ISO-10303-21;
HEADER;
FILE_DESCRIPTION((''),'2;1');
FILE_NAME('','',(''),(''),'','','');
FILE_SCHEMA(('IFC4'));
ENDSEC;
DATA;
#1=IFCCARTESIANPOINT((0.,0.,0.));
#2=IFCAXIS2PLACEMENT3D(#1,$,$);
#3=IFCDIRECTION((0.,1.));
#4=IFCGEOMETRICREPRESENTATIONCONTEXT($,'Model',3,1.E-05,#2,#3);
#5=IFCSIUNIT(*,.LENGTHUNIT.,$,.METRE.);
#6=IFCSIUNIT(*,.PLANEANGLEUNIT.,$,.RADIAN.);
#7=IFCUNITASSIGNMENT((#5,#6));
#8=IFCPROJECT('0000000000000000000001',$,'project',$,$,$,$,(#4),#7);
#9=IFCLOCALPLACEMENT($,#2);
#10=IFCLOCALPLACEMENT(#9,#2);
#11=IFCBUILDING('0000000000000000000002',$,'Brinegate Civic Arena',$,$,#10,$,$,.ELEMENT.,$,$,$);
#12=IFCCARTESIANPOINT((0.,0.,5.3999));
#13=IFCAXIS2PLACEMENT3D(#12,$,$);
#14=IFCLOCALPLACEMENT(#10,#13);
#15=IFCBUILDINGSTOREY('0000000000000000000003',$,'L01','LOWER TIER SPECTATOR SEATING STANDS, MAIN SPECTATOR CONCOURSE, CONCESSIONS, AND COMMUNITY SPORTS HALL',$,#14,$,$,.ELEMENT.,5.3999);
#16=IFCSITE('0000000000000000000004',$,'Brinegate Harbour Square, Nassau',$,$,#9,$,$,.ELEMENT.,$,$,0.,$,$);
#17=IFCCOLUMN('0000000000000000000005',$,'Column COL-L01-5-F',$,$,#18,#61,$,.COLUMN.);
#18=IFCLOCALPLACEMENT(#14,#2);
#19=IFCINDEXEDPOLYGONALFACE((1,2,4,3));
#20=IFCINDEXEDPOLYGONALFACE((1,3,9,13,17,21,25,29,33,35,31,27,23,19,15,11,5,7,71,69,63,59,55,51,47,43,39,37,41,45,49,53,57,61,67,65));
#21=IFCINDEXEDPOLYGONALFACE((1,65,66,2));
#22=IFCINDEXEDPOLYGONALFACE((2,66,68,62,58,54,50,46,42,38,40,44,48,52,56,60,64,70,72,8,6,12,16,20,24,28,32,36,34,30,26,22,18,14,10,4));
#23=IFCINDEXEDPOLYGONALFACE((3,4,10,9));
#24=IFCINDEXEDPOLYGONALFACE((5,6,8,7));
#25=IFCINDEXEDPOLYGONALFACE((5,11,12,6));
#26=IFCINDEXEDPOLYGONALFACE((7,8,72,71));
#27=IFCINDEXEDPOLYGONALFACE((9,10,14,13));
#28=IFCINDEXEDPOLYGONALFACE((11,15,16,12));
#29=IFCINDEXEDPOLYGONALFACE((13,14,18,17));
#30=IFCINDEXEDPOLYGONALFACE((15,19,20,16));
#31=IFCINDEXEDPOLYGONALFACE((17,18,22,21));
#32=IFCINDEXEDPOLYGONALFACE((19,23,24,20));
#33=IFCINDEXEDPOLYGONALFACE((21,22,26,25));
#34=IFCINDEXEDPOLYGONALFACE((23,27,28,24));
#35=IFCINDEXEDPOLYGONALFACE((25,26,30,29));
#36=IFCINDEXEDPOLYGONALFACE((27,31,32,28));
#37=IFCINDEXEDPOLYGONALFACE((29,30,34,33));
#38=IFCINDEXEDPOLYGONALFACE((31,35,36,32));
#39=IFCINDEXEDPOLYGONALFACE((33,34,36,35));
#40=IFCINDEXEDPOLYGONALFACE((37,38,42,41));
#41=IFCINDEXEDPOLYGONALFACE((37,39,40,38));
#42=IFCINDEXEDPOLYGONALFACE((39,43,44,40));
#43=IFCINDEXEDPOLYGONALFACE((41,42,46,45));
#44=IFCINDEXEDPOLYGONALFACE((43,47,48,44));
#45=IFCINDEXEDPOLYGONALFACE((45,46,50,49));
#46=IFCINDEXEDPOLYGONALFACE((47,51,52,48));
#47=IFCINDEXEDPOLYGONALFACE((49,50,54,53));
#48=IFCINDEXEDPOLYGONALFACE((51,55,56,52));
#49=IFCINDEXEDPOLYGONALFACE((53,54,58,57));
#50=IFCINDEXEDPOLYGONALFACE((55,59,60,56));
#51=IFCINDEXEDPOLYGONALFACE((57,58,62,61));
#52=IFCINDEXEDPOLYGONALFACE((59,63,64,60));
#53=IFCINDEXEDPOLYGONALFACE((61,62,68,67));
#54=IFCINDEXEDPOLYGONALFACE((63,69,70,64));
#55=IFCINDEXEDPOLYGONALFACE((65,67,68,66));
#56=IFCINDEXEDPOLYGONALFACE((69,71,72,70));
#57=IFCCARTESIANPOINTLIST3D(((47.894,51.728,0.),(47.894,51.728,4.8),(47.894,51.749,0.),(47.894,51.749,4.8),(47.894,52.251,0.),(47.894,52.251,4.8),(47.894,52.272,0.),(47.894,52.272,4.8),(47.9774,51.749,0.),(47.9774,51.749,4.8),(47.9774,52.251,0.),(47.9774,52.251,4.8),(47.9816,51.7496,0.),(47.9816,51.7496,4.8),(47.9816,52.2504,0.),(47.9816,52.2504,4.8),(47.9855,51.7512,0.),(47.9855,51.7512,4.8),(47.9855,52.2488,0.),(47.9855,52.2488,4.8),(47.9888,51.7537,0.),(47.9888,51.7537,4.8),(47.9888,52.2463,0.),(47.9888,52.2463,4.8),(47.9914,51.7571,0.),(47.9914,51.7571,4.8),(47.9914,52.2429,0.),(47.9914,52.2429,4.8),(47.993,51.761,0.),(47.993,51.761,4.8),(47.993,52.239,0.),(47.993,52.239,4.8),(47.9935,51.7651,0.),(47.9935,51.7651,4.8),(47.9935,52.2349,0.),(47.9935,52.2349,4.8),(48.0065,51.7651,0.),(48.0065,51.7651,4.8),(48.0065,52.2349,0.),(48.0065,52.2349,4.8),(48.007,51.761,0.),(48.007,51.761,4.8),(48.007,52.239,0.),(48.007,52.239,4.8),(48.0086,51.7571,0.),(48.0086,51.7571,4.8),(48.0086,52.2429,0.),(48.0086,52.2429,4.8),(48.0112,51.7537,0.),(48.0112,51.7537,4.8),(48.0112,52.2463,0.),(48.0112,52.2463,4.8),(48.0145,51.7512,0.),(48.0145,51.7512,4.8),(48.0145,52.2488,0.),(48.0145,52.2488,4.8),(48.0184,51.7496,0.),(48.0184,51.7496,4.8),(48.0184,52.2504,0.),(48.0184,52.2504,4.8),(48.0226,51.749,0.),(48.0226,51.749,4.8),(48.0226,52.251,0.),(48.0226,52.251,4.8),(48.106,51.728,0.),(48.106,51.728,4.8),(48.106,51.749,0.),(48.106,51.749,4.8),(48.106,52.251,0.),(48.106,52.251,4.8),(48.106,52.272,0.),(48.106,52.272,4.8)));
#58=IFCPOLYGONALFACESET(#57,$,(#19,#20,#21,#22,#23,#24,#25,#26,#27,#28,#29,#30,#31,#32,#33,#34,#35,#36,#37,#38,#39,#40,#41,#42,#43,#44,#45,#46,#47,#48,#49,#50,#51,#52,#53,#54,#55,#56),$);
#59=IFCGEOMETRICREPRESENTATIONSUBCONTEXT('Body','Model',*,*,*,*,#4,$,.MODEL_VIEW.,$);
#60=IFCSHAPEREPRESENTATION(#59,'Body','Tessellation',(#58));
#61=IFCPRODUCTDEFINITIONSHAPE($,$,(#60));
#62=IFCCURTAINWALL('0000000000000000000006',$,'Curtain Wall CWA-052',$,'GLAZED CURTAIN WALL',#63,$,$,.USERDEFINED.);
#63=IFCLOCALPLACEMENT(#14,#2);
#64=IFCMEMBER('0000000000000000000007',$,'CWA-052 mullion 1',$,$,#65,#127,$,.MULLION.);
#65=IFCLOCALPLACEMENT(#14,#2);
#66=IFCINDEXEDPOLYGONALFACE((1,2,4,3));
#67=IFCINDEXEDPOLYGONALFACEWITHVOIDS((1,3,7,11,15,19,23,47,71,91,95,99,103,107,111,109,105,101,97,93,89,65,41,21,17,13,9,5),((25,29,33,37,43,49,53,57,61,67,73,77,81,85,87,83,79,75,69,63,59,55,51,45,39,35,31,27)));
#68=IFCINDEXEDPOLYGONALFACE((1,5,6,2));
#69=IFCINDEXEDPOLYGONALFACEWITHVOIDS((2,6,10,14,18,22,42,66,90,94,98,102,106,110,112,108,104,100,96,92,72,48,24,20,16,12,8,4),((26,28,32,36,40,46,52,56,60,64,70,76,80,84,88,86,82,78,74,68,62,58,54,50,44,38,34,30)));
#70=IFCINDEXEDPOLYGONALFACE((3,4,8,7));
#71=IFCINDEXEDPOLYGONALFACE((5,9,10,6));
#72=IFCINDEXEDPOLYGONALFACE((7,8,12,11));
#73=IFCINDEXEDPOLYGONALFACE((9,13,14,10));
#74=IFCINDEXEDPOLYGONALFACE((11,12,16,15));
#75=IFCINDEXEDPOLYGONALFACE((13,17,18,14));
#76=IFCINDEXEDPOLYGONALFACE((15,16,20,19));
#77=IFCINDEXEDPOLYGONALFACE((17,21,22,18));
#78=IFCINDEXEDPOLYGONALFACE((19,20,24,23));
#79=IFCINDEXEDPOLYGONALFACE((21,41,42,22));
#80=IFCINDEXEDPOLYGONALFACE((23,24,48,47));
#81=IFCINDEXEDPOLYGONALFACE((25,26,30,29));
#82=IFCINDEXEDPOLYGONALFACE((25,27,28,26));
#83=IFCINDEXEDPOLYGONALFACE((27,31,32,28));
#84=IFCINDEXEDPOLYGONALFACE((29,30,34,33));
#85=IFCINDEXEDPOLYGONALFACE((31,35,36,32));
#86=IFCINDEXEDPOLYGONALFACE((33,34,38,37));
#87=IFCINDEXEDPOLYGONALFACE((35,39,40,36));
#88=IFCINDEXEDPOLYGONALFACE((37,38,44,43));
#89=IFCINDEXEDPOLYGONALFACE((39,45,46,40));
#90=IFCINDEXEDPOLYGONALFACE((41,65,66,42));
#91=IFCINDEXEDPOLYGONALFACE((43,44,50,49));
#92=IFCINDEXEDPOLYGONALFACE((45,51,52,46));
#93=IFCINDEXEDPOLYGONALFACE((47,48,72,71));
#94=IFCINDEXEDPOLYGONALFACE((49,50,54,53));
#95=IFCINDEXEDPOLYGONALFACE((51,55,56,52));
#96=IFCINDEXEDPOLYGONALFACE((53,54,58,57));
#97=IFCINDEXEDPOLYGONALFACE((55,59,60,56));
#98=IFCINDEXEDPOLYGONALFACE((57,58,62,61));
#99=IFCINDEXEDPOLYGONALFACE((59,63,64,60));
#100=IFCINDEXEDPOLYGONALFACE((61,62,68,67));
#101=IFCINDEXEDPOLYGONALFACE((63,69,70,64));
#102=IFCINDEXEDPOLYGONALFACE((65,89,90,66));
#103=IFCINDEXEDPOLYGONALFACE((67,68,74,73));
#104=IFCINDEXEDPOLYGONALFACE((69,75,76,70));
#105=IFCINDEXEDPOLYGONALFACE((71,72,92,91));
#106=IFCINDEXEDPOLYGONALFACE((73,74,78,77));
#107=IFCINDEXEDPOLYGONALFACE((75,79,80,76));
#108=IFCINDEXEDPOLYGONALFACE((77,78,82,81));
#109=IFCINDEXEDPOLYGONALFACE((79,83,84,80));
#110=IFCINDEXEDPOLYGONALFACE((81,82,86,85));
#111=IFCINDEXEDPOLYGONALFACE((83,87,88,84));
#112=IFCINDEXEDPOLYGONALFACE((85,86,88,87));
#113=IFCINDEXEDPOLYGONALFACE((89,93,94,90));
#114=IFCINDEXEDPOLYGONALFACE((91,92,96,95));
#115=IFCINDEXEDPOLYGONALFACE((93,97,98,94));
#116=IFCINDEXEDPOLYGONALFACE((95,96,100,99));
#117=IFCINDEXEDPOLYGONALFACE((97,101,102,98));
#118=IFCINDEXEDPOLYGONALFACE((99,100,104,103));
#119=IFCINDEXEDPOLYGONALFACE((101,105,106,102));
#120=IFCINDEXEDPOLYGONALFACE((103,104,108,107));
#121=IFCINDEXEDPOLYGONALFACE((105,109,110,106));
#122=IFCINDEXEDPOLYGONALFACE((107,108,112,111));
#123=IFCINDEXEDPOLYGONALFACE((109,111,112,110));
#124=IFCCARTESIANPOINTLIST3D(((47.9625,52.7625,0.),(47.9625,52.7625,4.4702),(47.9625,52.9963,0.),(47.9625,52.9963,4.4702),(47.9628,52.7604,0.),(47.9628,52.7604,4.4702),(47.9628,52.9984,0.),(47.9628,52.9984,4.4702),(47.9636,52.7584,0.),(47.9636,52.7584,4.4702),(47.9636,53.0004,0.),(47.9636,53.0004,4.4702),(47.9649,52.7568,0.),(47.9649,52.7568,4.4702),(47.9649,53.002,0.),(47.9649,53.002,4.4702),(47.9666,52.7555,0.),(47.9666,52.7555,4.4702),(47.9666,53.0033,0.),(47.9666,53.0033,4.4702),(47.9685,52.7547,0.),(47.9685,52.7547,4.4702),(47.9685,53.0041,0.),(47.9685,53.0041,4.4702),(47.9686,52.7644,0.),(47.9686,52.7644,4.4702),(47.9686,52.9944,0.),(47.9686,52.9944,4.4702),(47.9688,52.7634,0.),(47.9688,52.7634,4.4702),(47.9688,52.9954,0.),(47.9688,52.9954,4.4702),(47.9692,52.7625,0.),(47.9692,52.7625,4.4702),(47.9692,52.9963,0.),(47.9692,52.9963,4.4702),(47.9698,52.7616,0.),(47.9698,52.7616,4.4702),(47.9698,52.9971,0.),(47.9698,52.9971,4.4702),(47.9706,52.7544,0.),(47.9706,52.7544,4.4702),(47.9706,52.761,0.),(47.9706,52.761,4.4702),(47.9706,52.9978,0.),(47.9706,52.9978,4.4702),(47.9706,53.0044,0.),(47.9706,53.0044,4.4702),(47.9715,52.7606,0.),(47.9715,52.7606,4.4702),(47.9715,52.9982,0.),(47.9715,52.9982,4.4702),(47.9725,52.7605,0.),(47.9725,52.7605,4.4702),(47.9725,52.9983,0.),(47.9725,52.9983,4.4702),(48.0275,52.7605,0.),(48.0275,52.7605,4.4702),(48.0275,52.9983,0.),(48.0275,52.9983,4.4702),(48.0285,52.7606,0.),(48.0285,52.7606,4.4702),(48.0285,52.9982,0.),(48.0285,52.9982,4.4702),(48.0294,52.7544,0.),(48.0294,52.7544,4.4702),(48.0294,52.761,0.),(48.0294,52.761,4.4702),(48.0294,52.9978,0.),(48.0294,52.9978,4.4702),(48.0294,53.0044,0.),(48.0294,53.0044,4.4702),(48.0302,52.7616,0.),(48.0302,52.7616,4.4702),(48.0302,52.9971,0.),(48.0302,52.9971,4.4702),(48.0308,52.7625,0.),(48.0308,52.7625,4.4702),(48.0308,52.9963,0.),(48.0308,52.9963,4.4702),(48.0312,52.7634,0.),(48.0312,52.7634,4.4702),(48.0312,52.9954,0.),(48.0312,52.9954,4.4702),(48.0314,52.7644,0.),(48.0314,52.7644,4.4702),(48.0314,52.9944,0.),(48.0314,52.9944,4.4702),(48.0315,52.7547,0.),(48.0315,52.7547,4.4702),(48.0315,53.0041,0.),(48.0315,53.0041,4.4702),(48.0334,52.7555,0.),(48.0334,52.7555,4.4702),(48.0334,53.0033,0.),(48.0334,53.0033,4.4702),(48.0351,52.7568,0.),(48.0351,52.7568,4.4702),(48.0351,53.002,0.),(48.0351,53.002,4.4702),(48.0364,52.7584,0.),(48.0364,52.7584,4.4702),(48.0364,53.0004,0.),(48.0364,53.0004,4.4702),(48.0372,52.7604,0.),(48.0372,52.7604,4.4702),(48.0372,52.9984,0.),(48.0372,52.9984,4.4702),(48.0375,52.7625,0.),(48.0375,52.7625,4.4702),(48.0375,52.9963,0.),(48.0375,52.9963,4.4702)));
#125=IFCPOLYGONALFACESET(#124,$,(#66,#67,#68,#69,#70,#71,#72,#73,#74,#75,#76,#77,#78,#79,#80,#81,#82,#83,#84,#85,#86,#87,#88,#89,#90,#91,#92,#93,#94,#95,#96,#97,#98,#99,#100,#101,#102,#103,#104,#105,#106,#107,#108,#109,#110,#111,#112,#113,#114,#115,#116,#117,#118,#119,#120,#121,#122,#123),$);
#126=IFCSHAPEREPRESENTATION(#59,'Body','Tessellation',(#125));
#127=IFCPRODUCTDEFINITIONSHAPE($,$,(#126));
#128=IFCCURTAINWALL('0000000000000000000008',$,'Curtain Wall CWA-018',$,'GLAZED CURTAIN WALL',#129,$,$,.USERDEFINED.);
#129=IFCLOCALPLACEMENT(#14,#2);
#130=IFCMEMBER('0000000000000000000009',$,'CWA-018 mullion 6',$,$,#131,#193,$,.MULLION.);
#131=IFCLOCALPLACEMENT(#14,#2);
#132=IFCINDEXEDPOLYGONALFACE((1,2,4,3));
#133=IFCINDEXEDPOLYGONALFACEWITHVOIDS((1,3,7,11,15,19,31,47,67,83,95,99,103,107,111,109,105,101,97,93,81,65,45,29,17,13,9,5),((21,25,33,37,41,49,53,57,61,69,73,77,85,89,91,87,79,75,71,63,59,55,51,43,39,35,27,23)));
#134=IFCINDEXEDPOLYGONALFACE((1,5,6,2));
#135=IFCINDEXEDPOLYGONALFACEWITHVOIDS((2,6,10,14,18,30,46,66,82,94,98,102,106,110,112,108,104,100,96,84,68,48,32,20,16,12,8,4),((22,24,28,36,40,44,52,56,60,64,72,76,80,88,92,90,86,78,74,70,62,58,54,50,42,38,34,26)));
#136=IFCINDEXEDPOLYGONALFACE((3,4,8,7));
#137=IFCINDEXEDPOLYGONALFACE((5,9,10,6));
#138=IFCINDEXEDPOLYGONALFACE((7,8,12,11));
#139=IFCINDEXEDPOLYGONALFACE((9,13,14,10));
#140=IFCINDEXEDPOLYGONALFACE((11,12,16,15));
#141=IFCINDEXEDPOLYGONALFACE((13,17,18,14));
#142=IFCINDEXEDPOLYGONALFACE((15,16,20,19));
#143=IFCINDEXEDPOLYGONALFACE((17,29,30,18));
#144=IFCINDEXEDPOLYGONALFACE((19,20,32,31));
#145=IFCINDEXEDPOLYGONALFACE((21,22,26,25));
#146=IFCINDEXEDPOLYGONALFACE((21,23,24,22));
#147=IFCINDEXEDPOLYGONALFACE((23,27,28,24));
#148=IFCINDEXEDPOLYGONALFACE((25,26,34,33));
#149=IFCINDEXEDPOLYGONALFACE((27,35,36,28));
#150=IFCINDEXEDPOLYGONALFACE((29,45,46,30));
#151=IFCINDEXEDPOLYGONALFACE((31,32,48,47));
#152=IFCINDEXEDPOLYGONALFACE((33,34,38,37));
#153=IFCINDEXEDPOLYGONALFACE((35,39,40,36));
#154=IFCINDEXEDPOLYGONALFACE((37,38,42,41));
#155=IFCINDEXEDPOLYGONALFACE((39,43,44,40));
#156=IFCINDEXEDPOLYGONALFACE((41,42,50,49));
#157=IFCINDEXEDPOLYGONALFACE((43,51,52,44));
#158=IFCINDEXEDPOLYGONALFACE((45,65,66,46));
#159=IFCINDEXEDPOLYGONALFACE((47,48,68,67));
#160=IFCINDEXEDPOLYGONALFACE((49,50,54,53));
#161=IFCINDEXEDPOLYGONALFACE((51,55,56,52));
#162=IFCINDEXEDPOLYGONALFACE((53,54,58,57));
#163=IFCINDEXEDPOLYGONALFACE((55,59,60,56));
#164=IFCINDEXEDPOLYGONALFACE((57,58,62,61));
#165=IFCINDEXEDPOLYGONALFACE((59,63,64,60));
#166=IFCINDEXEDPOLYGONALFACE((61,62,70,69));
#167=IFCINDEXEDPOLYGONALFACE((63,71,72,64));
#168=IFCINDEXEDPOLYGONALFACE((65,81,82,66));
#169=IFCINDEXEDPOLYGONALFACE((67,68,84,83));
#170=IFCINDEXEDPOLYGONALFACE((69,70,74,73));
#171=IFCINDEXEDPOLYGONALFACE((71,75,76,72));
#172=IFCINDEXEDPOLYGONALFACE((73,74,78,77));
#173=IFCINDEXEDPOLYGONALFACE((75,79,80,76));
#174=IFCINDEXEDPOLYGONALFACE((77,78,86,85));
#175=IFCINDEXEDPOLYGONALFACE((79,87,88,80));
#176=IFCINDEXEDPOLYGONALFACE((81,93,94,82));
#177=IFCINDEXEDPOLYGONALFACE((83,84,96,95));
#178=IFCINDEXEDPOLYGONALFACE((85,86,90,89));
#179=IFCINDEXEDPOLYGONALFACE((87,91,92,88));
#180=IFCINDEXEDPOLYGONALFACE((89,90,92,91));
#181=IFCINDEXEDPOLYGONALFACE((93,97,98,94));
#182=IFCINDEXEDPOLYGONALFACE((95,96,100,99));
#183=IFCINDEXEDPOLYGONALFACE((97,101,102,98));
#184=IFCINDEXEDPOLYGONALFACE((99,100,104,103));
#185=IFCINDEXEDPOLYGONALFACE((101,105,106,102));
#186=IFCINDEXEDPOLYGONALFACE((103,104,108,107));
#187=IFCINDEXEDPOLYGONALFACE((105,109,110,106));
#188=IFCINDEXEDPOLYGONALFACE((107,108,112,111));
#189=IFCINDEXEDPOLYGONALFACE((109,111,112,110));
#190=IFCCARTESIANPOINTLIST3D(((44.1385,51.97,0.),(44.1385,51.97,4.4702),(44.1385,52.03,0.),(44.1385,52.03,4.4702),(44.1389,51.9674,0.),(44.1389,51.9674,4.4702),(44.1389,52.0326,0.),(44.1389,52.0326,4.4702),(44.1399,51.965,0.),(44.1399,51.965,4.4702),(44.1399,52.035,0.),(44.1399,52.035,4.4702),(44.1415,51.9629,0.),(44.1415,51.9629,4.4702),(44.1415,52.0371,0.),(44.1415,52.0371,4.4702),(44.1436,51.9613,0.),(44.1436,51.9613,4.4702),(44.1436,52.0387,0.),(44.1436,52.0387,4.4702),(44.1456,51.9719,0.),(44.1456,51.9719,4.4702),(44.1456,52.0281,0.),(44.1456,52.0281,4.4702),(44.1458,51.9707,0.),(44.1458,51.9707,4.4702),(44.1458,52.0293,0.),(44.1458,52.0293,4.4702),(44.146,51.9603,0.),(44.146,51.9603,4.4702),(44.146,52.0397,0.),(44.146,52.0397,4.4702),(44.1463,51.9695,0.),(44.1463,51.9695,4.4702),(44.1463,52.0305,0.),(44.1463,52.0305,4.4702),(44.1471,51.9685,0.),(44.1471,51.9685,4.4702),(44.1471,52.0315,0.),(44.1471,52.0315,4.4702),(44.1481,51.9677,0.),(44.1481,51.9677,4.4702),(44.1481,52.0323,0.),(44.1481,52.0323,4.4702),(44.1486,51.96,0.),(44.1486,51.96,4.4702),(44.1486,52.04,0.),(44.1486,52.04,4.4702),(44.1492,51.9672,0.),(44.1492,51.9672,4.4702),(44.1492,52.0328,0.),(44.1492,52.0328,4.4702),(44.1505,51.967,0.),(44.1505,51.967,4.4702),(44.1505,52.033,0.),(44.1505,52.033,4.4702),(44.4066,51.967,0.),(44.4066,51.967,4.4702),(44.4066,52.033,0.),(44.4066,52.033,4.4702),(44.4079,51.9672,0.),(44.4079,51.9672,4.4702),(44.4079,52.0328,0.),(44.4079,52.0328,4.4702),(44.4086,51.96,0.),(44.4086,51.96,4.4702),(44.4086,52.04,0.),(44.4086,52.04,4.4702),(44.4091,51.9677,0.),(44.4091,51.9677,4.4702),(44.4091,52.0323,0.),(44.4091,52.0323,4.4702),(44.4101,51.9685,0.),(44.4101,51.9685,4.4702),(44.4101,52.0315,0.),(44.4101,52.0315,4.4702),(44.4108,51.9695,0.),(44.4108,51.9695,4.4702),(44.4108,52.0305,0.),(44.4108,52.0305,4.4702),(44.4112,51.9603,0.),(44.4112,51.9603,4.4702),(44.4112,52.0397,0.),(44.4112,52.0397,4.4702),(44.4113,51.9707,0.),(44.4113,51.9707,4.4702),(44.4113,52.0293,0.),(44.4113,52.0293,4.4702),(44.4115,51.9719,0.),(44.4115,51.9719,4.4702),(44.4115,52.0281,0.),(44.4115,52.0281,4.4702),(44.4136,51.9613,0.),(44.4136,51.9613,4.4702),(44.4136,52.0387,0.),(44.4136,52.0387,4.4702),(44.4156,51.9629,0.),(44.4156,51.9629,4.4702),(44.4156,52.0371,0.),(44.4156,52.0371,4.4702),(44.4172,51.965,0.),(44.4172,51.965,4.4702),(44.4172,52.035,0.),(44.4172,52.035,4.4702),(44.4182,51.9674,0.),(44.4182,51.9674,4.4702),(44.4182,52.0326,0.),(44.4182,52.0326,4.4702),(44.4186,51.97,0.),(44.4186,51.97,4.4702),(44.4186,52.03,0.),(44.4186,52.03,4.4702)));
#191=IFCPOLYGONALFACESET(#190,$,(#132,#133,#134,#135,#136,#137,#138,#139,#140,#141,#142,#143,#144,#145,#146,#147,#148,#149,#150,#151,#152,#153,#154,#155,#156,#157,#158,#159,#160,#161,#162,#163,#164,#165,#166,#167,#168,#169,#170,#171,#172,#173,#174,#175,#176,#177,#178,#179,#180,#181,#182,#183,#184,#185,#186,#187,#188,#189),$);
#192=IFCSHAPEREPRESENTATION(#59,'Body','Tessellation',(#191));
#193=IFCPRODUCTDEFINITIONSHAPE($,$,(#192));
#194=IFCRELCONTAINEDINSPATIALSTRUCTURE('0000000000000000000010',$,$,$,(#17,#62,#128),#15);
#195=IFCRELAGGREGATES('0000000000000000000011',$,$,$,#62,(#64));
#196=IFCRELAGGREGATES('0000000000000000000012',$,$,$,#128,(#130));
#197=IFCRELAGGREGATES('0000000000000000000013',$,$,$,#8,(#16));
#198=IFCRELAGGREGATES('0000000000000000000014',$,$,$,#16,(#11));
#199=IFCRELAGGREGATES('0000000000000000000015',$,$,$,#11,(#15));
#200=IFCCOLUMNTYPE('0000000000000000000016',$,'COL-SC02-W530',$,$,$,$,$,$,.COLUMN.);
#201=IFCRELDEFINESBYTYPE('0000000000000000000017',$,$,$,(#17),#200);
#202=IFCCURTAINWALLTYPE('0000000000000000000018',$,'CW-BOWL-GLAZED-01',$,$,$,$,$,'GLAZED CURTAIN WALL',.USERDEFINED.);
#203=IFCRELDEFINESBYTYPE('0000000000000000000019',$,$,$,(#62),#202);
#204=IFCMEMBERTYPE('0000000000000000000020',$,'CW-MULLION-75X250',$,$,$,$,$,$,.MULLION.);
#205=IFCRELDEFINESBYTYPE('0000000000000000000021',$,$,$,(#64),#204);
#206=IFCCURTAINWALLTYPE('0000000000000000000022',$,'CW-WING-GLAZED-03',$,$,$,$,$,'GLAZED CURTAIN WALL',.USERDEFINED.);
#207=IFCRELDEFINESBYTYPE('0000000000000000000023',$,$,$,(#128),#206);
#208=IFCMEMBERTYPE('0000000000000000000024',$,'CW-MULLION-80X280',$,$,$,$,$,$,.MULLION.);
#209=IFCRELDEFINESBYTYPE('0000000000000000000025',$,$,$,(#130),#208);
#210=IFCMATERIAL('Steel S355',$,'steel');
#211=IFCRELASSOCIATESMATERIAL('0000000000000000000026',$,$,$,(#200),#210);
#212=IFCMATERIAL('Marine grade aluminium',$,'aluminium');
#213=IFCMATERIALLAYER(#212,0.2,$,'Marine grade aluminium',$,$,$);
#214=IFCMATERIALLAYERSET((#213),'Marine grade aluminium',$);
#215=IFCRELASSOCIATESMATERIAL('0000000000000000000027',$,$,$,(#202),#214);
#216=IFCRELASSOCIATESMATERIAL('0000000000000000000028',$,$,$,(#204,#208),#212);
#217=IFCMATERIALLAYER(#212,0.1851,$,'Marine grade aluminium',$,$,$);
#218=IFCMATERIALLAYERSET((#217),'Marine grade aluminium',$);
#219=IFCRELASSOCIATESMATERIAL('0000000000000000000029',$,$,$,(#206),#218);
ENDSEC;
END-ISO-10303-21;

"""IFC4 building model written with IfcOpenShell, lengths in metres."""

from ifc_helpers import new_model, si_unit, direction, frame, origin, origin_2d, place, context, subcontext, project, spatial, hollow_rectangle, i_section, extrude, material, layer, layer_set, material_profile, profile_set, type_object, element, aggregate, save


model = new_model("IFC4")

# Units and contexts
model_context = context("Model", 3, precision=1e-05, world=origin(), true_north=direction((0.0, 1.0)))
body_context = subcontext(model_context, "Body", "Model", "MODEL_VIEW")
ifc_project = project(units=[si_unit("LENGTHUNIT", "METRE"), si_unit("PLANEANGLEUNIT", "RADIAN")], contexts=[model_context])

# Site, building, storey
site_placement = place(None, origin())
site = spatial("IfcSite", under=ifc_project, at=site_placement, Name="Brinegate Harbour Square, Nassau", CompositionType="ELEMENT", RefElevation=0.0)
building_placement = place(site_placement, origin())
building = spatial("IfcBuilding", under=site, at=building_placement, Name="Brinegate Civic Arena", CompositionType="ELEMENT")
storey_placement = place(building_placement, frame((0.0, 0.0, 5.3999)))
storey = spatial("IfcBuildingStorey", under=building, at=storey_placement, Name="L01", Description="LOWER TIER SPECTATOR SEATING STANDS, MAIN SPECTATOR CONCOURSE, CONCESSIONS, AND COMMUNITY SPORTS HALL", CompositionType="ELEMENT", Elevation=5.3999)

# Column
ifc_material_1 = material(Name="Steel S355", Category="steel")
ifc_material_profile_1 = material_profile(ifc_material_1, i_section(OverallWidth=0.2119, OverallDepth=0.5439, WebThickness=0.0129, FlangeThickness=0.021, FilletRadius=0.0161, at=origin_2d()), Name="W530X123")
ifc_profile_set_1 = profile_set([ifc_material_profile_1], Name="Steel S355")
column_type = type_object("IfcColumnType", Name="COL-SC02-W530", PredefinedType="COLUMN", material=ifc_profile_set_1)
column_placement = place(storey_placement, frame((48.0, 52.0, 0.0), z_axis=(0.0, 0.0, 1.0), x_axis=(1.0, 0.0, 0.0)))
element("IfcColumn", 1, at=column_placement, inside=storey, type_object=column_type, Name="Column COL-L01-5-F", PredefinedType="COLUMN", context=body_context, shape_type="SweptSolid", body=[
    extrude(i_section(OverallWidth=0.2119, OverallDepth=0.5439, WebThickness=0.0129, FlangeThickness=0.021, FilletRadius=0.0161, at=origin_2d()), origin(), (0.0, 0.0, 1.0), 4.8),
])

# Curtain wall, member
ifc_material_2 = material(Name="Marine grade aluminium", Category="aluminium")
ifc_layer_1 = layer(ifc_material_2, 0.2, Name="Marine grade aluminium")
ifc_layer_set_1 = layer_set([ifc_layer_1], Name="Marine grade aluminium")
curtain_wall_type_1 = type_object("IfcCurtainWallType", Name="CW-BOWL-GLAZED-01", ElementType="GLAZED CURTAIN WALL", PredefinedType="USERDEFINED", material=ifc_layer_set_1)
curtain_wall_1_placement = place(storey_placement, origin())
curtain_wall_1 = element("IfcCurtainWall", 2, at=curtain_wall_1_placement, inside=storey, type_object=curtain_wall_type_1, Name="Curtain Wall CWA-052", ObjectType="GLAZED CURTAIN WALL", PredefinedType="USERDEFINED")
ifc_material_profile_2 = material_profile(ifc_material_2, hollow_rectangle(XDim=0.075, YDim=0.25, WallThickness=0.0061, InnerFilletRadius=0.0039, OuterFilletRadius=0.0081, at=origin_2d()), Name="MUL75X250")
ifc_profile_set_2 = profile_set([ifc_material_profile_2], Name="Marine grade aluminium")
member_type_1 = type_object("IfcMemberType", Name="CW-MULLION-75X250", PredefinedType="MULLION", material=ifc_profile_set_2)
member_1_placement = place(storey_placement, frame((48.0, 52.8794, 0.0), z_axis=(0.0, 0.0, 1.0), x_axis=(-1.0, 0.0, 0.0)))
member_1 = element("IfcMember", 3, at=member_1_placement, type_object=member_type_1, Name="CWA-052 mullion 1", PredefinedType="MULLION", context=body_context, shape_type="SweptSolid", body=[
    extrude(hollow_rectangle(XDim=0.075, YDim=0.25, WallThickness=0.0061, InnerFilletRadius=0.0039, OuterFilletRadius=0.0081, at=origin_2d()), origin(), (0.0, 0.0, 1.0), 4.4702),
])

# Curtain wall, member
ifc_layer_2 = layer(ifc_material_2, 0.1851, Name="Marine grade aluminium")
ifc_layer_set_2 = layer_set([ifc_layer_2], Name="Marine grade aluminium")
curtain_wall_type_2 = type_object("IfcCurtainWallType", Name="CW-WING-GLAZED-03", ElementType="GLAZED CURTAIN WALL", PredefinedType="USERDEFINED", material=ifc_layer_set_2)
curtain_wall_2_placement = place(storey_placement, origin())
curtain_wall_2 = element("IfcCurtainWall", 4, at=curtain_wall_2_placement, inside=storey, type_object=curtain_wall_type_2, Name="Curtain Wall CWA-018", ObjectType="GLAZED CURTAIN WALL", PredefinedType="USERDEFINED")
ifc_material_profile_3 = material_profile(ifc_material_2, hollow_rectangle(XDim=0.0801, YDim=0.28, WallThickness=0.0071, InnerFilletRadius=0.0049, OuterFilletRadius=0.01, at=origin_2d()), Name="MUL80X280")
ifc_profile_set_3 = profile_set([ifc_material_profile_3], Name="Marine grade aluminium")
member_type_2 = type_object("IfcMemberType", Name="CW-MULLION-80X280", PredefinedType="MULLION", material=ifc_profile_set_3)
member_2_placement = place(storey_placement, frame((44.2786, 52.0, 0.0), z_axis=(0.0, 0.0, 1.0), x_axis=(0.0, 1.0, 0.0)))
member_2 = element("IfcMember", 5, at=member_2_placement, type_object=member_type_2, Name="CWA-018 mullion 6", PredefinedType="MULLION", context=body_context, shape_type="SweptSolid", body=[
    extrude(hollow_rectangle(XDim=0.0801, YDim=0.28, WallThickness=0.0071, InnerFilletRadius=0.0049, OuterFilletRadius=0.01, at=origin_2d()), origin(), (0.0, 0.0, 1.0), 4.4702),
])

aggregate(curtain_wall_1, [member_1])

aggregate(curtain_wall_2, [member_2])

save(model, "model.ifc")
